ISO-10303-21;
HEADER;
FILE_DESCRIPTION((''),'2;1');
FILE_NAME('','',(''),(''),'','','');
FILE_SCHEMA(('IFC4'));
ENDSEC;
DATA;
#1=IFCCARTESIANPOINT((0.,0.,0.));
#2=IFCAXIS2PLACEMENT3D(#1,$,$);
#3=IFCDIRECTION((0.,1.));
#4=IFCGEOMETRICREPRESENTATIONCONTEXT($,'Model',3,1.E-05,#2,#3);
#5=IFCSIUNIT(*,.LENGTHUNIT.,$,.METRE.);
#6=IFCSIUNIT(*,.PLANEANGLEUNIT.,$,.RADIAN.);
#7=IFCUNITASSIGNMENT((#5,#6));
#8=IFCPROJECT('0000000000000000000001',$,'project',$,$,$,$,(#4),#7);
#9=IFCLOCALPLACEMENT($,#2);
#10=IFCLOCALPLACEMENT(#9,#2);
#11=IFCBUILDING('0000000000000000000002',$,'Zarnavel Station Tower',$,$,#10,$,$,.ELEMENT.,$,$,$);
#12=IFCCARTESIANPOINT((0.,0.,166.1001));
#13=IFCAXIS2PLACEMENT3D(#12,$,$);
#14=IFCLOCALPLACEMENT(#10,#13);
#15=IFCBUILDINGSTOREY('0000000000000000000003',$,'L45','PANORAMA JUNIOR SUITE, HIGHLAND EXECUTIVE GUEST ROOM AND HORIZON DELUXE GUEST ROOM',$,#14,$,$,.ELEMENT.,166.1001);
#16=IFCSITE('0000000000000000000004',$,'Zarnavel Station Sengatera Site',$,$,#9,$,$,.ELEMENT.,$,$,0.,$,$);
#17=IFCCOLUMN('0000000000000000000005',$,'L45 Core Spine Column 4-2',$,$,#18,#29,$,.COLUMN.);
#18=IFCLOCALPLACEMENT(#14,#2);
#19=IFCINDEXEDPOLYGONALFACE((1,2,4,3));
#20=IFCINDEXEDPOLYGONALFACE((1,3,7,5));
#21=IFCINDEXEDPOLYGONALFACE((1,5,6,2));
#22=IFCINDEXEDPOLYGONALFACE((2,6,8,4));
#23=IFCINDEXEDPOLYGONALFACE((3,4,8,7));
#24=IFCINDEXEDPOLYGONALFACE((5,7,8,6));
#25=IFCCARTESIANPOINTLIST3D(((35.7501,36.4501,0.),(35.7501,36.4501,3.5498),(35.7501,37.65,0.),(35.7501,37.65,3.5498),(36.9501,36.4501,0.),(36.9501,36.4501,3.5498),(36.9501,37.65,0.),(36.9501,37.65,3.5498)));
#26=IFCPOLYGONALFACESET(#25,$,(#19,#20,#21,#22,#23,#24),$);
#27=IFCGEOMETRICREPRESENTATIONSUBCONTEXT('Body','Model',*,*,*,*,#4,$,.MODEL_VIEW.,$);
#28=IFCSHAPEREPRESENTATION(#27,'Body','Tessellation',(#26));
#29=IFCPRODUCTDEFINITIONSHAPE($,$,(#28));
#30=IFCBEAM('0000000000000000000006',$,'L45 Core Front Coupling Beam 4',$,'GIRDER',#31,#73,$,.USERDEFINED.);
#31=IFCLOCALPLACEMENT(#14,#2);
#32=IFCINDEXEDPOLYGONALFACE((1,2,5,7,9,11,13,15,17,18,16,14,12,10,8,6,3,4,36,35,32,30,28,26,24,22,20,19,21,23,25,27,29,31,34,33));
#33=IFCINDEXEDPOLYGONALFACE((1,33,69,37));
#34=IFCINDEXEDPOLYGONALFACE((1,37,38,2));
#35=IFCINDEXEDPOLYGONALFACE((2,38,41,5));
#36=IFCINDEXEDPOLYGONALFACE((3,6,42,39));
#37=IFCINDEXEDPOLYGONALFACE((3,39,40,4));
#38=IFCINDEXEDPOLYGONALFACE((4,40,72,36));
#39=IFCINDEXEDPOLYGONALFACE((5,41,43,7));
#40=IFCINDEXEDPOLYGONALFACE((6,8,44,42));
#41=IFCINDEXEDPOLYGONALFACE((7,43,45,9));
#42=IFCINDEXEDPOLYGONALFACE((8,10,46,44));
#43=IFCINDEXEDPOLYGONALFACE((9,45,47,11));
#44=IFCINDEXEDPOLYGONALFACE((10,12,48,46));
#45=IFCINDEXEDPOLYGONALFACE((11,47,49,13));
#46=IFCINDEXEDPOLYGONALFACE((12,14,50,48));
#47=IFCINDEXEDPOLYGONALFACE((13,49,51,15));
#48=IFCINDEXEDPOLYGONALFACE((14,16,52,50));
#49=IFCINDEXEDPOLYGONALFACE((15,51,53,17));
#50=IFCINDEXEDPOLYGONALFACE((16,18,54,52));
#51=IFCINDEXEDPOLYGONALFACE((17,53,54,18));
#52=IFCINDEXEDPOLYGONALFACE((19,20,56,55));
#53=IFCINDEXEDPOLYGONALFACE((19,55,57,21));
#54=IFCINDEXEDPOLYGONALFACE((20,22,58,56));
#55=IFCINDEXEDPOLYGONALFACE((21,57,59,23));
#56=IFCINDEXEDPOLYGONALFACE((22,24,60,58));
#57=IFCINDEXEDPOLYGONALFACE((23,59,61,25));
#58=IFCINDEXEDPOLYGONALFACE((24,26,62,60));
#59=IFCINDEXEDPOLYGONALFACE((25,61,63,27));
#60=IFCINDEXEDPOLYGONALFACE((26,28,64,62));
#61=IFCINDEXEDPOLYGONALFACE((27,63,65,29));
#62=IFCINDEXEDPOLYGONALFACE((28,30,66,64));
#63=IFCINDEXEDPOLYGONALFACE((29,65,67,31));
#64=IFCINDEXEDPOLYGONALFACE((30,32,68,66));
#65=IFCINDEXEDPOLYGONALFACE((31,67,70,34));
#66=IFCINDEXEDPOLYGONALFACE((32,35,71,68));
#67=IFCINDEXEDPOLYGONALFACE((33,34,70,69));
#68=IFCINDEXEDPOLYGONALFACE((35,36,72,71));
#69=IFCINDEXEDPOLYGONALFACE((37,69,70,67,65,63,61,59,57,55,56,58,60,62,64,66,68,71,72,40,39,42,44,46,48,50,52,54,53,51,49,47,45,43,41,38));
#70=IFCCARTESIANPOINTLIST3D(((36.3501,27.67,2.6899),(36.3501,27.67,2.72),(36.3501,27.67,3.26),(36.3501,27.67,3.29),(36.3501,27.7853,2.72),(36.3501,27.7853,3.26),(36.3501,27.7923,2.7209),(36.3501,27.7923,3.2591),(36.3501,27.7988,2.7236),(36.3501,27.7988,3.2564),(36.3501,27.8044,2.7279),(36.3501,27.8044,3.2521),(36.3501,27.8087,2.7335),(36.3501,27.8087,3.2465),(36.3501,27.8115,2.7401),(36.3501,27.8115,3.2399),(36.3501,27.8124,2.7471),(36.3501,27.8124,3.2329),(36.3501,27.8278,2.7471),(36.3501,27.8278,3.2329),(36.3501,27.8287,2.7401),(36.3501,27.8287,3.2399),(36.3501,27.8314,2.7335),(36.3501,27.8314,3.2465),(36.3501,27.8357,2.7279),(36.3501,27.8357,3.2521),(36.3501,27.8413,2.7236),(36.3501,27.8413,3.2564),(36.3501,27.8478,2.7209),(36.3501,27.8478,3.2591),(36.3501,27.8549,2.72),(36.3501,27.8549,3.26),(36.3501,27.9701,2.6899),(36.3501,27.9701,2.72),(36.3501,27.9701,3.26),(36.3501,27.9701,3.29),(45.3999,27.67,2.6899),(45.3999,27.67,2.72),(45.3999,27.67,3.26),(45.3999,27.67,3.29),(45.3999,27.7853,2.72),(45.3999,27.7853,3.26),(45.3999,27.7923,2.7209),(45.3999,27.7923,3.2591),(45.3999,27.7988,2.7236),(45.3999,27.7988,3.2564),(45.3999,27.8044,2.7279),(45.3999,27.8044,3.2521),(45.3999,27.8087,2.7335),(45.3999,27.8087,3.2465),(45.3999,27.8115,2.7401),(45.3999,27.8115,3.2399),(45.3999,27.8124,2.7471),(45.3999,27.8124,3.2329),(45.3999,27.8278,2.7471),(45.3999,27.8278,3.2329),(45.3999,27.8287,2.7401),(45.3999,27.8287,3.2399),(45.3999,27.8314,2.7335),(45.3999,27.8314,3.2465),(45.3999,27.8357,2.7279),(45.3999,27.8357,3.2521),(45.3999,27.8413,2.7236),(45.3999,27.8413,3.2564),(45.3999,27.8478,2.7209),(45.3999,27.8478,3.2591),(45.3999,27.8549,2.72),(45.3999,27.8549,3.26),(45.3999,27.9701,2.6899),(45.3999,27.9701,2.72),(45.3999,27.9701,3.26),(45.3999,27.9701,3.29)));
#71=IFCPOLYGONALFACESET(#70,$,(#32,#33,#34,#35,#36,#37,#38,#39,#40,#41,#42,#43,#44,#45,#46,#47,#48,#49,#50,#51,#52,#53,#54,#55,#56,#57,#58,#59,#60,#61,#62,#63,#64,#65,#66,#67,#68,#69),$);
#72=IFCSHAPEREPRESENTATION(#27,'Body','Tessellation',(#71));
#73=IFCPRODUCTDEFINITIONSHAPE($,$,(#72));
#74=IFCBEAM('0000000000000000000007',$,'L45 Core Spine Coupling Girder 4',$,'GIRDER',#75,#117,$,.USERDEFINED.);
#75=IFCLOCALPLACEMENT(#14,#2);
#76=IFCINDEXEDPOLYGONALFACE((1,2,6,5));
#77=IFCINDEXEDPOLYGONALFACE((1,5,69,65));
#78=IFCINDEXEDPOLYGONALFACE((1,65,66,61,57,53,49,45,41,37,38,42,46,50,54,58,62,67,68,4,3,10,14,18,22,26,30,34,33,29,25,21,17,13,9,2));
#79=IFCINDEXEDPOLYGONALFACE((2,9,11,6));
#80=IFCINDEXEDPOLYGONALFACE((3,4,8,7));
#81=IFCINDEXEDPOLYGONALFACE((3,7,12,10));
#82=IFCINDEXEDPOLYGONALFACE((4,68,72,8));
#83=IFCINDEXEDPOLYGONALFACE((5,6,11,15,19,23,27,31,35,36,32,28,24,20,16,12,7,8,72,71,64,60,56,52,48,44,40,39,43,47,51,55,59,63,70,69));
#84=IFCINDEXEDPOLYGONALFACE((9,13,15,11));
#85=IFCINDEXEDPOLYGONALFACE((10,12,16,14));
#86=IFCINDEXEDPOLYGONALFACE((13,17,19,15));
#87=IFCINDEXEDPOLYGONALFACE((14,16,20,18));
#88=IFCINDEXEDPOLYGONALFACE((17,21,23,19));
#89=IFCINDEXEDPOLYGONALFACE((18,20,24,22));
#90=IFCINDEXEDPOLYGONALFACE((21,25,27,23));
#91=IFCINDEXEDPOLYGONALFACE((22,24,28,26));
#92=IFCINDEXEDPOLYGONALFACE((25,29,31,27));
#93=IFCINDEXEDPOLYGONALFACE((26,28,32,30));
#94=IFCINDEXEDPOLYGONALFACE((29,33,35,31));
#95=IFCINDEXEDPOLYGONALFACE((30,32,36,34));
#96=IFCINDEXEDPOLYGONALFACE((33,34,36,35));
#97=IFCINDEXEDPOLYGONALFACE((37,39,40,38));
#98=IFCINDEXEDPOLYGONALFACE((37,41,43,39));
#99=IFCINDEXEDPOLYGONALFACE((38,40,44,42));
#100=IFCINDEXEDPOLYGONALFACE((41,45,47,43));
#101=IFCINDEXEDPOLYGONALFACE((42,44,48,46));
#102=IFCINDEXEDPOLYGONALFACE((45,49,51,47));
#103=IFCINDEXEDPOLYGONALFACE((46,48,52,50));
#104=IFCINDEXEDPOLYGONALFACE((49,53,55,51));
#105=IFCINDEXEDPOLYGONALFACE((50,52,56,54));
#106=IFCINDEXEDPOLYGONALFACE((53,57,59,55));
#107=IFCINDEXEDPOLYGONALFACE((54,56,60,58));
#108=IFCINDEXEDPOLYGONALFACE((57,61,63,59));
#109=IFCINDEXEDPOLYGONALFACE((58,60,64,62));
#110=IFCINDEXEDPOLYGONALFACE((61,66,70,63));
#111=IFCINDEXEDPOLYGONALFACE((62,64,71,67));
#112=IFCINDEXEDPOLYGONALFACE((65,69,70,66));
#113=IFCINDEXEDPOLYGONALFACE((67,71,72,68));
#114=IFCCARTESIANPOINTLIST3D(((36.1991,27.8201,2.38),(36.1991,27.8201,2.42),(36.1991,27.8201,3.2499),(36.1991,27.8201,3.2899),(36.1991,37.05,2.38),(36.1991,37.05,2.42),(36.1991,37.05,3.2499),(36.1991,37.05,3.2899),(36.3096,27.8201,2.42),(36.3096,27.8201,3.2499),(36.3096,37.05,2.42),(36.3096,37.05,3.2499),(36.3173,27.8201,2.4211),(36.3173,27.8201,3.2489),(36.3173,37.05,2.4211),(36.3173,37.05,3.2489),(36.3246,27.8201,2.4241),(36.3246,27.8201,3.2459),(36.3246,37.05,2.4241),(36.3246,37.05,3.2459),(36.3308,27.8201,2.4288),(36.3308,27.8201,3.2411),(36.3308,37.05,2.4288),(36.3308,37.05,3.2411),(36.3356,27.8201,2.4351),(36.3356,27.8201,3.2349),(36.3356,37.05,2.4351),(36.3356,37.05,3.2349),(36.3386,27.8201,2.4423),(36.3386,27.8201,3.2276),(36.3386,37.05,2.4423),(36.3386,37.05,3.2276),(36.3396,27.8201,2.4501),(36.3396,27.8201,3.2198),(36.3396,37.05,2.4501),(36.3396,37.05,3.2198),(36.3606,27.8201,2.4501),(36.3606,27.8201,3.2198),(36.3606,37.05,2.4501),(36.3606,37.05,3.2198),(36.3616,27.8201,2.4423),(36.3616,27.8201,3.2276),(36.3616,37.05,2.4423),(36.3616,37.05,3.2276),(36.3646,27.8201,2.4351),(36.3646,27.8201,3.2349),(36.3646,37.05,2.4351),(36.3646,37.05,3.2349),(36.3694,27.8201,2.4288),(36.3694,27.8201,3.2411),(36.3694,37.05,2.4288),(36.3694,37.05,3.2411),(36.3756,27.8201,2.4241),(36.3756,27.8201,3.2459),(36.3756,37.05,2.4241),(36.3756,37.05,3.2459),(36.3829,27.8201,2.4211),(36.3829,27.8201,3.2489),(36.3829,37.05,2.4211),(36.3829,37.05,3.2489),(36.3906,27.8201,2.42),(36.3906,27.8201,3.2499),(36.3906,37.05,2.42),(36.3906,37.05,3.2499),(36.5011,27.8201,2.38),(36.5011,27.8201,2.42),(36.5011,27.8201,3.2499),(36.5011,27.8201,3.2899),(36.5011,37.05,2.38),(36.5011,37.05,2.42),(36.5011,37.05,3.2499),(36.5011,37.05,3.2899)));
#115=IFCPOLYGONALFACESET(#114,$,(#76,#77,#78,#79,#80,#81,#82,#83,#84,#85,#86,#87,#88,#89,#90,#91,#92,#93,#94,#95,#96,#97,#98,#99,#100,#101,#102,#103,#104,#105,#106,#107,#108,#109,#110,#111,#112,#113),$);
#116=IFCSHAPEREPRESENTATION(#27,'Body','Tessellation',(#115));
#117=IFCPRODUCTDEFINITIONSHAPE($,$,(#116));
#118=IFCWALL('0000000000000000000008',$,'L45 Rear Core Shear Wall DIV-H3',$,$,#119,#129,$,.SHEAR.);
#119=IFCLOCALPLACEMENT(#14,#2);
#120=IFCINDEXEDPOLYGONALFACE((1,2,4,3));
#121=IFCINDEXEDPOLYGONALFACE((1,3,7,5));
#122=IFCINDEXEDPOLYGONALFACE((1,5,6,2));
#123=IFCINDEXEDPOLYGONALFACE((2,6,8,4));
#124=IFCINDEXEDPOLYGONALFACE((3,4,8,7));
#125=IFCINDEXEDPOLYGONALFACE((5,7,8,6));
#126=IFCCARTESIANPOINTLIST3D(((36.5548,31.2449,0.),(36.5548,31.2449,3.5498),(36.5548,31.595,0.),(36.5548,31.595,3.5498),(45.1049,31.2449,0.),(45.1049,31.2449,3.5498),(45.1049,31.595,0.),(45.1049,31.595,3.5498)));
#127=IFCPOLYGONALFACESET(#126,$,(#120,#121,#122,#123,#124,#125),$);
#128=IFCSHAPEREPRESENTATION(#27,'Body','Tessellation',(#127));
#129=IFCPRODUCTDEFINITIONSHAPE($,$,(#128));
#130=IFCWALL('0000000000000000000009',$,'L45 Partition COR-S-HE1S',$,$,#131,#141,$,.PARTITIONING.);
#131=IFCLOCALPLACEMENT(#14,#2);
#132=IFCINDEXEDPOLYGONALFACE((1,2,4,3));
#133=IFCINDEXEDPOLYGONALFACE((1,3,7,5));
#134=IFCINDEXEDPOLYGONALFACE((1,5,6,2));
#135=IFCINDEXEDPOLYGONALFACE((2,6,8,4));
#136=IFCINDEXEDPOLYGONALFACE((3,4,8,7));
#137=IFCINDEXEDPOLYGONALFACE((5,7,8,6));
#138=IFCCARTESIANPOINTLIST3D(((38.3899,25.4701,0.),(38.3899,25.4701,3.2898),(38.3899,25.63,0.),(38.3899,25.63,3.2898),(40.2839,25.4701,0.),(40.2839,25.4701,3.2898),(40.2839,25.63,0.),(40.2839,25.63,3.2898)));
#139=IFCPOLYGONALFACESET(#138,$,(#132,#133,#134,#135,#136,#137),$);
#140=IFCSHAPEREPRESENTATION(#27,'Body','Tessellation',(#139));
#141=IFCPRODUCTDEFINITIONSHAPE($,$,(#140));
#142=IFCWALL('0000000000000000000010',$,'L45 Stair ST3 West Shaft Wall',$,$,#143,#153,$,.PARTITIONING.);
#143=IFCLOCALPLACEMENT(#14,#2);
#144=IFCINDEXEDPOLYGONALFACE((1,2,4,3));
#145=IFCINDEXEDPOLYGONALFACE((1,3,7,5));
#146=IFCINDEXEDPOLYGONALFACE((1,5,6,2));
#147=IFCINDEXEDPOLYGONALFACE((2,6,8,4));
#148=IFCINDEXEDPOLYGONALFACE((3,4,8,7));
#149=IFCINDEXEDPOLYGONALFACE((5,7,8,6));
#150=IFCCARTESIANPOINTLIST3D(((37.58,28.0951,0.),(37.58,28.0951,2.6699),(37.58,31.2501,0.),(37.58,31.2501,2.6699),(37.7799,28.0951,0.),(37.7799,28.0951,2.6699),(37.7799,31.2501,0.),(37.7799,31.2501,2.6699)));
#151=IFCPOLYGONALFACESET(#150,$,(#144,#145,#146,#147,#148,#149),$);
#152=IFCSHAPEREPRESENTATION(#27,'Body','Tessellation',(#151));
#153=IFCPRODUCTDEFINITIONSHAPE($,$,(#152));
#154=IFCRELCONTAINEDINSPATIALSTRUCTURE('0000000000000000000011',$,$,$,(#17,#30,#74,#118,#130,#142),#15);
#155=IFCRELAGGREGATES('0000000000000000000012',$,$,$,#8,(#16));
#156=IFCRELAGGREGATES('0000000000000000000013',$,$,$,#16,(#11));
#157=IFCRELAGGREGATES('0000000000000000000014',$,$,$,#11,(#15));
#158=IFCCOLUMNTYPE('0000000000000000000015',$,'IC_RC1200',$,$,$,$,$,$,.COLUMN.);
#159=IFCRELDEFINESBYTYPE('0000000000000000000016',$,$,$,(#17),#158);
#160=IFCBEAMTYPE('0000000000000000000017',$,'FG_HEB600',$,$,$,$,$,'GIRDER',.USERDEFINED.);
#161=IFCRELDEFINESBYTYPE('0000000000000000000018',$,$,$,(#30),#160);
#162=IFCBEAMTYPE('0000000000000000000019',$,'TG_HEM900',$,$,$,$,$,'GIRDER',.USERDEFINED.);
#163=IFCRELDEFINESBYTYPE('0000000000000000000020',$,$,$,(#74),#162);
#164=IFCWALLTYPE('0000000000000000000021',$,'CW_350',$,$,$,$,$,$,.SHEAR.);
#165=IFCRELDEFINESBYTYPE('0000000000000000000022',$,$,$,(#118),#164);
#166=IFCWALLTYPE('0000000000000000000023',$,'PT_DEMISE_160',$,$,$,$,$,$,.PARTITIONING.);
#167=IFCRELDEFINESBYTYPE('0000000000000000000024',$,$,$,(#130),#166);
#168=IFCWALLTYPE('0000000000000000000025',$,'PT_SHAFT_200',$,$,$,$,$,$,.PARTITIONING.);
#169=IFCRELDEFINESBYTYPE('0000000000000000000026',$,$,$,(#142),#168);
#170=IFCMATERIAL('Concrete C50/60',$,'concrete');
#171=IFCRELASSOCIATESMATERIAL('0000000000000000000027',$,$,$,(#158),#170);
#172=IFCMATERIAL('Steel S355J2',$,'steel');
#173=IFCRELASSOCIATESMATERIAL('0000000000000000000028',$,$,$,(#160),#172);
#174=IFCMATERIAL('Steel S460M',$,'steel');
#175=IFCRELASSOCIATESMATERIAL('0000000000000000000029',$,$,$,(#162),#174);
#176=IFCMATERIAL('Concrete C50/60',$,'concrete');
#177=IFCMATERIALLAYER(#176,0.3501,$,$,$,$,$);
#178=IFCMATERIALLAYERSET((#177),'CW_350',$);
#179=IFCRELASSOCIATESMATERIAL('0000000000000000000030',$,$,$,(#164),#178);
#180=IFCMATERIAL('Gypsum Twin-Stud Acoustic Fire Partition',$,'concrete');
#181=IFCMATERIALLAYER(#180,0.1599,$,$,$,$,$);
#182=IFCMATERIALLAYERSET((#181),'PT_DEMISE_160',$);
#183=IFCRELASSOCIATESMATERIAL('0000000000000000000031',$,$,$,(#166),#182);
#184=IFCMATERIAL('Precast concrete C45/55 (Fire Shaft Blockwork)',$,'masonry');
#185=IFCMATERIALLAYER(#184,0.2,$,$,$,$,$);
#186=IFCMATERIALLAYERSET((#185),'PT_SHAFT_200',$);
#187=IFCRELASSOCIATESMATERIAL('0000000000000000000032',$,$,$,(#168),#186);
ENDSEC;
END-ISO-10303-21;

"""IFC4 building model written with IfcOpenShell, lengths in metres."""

from ifc_helpers import new_model, si_unit, direction, frame, frame_2d, origin, origin_2d, place, context, subcontext, project, spatial, rectangle, i_section, extrude, material, layer, layer_set, material_profile, profile_set, type_object, element, save


model = new_model("IFC4")

# Units and contexts
model_context = context("Model", 3, precision=1e-05, world=origin(), true_north=direction((0.0, 1.0)))
body_context = subcontext(model_context, "Body", "Model", "MODEL_VIEW")
ifc_project = project(units=[si_unit("LENGTHUNIT", "METRE"), si_unit("PLANEANGLEUNIT", "RADIAN")], contexts=[model_context])

# Site, building, storey
site_placement = place(None, origin())
site = spatial("IfcSite", under=ifc_project, at=site_placement, Name="Zarnavel Station Sengatera Site", CompositionType="ELEMENT", RefElevation=0.0)
building_placement = place(site_placement, origin())
building = spatial("IfcBuilding", under=site, at=building_placement, Name="Zarnavel Station Tower", CompositionType="ELEMENT")
storey_placement = place(building_placement, frame((0.0, 0.0, 166.1001)))
storey = spatial("IfcBuildingStorey", under=building, at=storey_placement, Name="L45", Description="PANORAMA JUNIOR SUITE, HIGHLAND EXECUTIVE GUEST ROOM AND HORIZON DELUXE GUEST ROOM", CompositionType="ELEMENT", Elevation=166.1001)

# Column
ifc_material_1 = material(Name="Concrete C50/60", Category="concrete")
ifc_material_profile_1 = material_profile(ifc_material_1, rectangle(XDim=1.2, YDim=1.2, at=origin_2d()), Name="RC1200x1200")
ifc_profile_set_1 = profile_set([ifc_material_profile_1], Name="Concrete C50/60")
column_type = type_object("IfcColumnType", Name="IC_RC1200", PredefinedType="COLUMN", material=ifc_profile_set_1)
column_placement = place(storey_placement, frame((36.3501, 37.05, 0.0), z_axis=(0.0, 0.0, 1.0), x_axis=(1.0, 0.0, 0.0)))
element("IfcColumn", 1, at=column_placement, inside=storey, type_object=column_type, Name="L45 Core Spine Column 4-2", PredefinedType="COLUMN", context=body_context, shape_type="SweptSolid", body=[
    extrude(rectangle(XDim=1.2, YDim=1.2, at=origin_2d()), origin(), (0.0, 0.0, 1.0), 3.5498),
])

# Beams
ifc_material_2 = material(Name="Steel S355J2", Category="steel")
ifc_material_profile_2 = material_profile(ifc_material_2, i_section(OverallWidth=0.3, OverallDepth=0.6001, WebThickness=0.0154, FlangeThickness=0.03, FilletRadius=0.0271, at=origin_2d()), Name="HEB600")
ifc_profile_set_2 = profile_set([ifc_material_profile_2], Name="Steel S355J2")
beam_type_1 = type_object("IfcBeamType", Name="FG_HEB600", ElementType="GIRDER", PredefinedType="USERDEFINED", material=ifc_profile_set_2)
beam_1_placement = place(storey_placement, frame((36.3501, 27.8201, 2.99), z_axis=(1.0, 0.0, 0.0), x_axis=(0.0, 1.0, 0.0)))
element("IfcBeam", 2, at=beam_1_placement, inside=storey, type_object=beam_type_1, Name="L45 Core Front Coupling Beam 4", ObjectType="GIRDER", PredefinedType="USERDEFINED", context=body_context, shape_type="SweptSolid", body=[
    extrude(i_section(OverallWidth=0.3, OverallDepth=0.6001, WebThickness=0.0154, FlangeThickness=0.03, FilletRadius=0.0271, at=origin_2d()), origin(), (0.0, 0.0, 1.0), 9.0498),
])
ifc_material_3 = material(Name="Steel S460M", Category="steel")
ifc_material_profile_3 = material_profile(ifc_material_3, i_section(OverallWidth=0.302, OverallDepth=0.9099, WebThickness=0.021, FlangeThickness=0.04, FilletRadius=0.03, at=origin_2d()), Name="HEM900")
ifc_profile_set_3 = profile_set([ifc_material_profile_3], Name="Steel S460M")
beam_type_2 = type_object("IfcBeamType", Name="TG_HEM900", ElementType="GIRDER", PredefinedType="USERDEFINED", material=ifc_profile_set_3)
beam_2_placement = place(storey_placement, frame((36.3501, 27.8201, 2.835), z_axis=(0.0, 1.0, 0.0), x_axis=(-1.0, 0.0, 0.0)))
element("IfcBeam", 3, at=beam_2_placement, inside=storey, type_object=beam_type_2, Name="L45 Core Spine Coupling Girder 4", ObjectType="GIRDER", PredefinedType="USERDEFINED", context=body_context, shape_type="SweptSolid", body=[
    extrude(i_section(OverallWidth=0.302, OverallDepth=0.9099, WebThickness=0.021, FlangeThickness=0.04, FilletRadius=0.03, at=origin_2d()), origin(), (0.0, 0.0, 1.0), 9.23),
])

# Shared definitions
ifc_material_4 = material(Name="Concrete C50/60", Category="concrete")
ifc_layer_1 = layer(ifc_material_4, 0.3501)
ifc_layer_set_1 = layer_set([ifc_layer_1], Name="CW_350")
wall_type_1 = type_object("IfcWallType", Name="CW_350", PredefinedType="SHEAR", material=ifc_layer_set_1)

# Wall
wall_1_placement = place(storey_placement, frame((36.5549, 31.4199, 0.0), z_axis=(0.0, 0.0, 1.0), x_axis=(1.0, 0.0, 0.0)))
element("IfcWall", 4, at=wall_1_placement, inside=storey, type_object=wall_type_1, Name="L45 Rear Core Shear Wall DIV-H3", PredefinedType="SHEAR", context=body_context, shape_type="SweptSolid", body=[
    extrude(rectangle(XDim=8.55, YDim=0.3501, at=frame_2d((4.2749, 0.0))), origin(), (0.0, 0.0, 1.0), 3.5498),
])

# Shared definitions
ifc_material_5 = material(Name="Gypsum Twin-Stud Acoustic Fire Partition", Category="concrete")
ifc_layer_2 = layer(ifc_material_5, 0.1599)
ifc_layer_set_2 = layer_set([ifc_layer_2], Name="PT_DEMISE_160")
wall_type_2 = type_object("IfcWallType", Name="PT_DEMISE_160", PredefinedType="PARTITIONING", material=ifc_layer_set_2)

# Walls
wall_2_placement = place(storey_placement, frame((38.3899, 25.55, 0.0), z_axis=(0.0, 0.0, 1.0), x_axis=(1.0, 0.0, 0.0)))
element("IfcWall", 5, at=wall_2_placement, inside=storey, type_object=wall_type_2, Name="L45 Partition COR-S-HE1S", PredefinedType="PARTITIONING", context=body_context, shape_type="SweptSolid", body=[
    extrude(rectangle(XDim=1.894, YDim=0.1599, at=frame_2d((0.947, 0.0))), origin(), (0.0, 0.0, 1.0), 3.2898),
])
ifc_material_6 = material(Name="Precast concrete C45/55 (Fire Shaft Blockwork)", Category="masonry")
ifc_layer_3 = layer(ifc_material_6, 0.2)
ifc_layer_set_3 = layer_set([ifc_layer_3], Name="PT_SHAFT_200")
wall_type_3 = type_object("IfcWallType", Name="PT_SHAFT_200", PredefinedType="PARTITIONING", material=ifc_layer_set_3)
wall_3_placement = place(storey_placement, frame((37.6799, 28.095, 0.0), z_axis=(0.0, 0.0, 1.0), x_axis=(0.0, 1.0, 0.0)))
element("IfcWall", 6, at=wall_3_placement, inside=storey, type_object=wall_type_3, Name="L45 Stair ST3 West Shaft Wall", PredefinedType="PARTITIONING", context=body_context, shape_type="SweptSolid", body=[
    extrude(rectangle(XDim=3.155, YDim=0.2, at=frame_2d((1.5776, 0.0))), origin(), (0.0, 0.0, 1.0), 2.6699),
])

save(model, "model.ifc")
